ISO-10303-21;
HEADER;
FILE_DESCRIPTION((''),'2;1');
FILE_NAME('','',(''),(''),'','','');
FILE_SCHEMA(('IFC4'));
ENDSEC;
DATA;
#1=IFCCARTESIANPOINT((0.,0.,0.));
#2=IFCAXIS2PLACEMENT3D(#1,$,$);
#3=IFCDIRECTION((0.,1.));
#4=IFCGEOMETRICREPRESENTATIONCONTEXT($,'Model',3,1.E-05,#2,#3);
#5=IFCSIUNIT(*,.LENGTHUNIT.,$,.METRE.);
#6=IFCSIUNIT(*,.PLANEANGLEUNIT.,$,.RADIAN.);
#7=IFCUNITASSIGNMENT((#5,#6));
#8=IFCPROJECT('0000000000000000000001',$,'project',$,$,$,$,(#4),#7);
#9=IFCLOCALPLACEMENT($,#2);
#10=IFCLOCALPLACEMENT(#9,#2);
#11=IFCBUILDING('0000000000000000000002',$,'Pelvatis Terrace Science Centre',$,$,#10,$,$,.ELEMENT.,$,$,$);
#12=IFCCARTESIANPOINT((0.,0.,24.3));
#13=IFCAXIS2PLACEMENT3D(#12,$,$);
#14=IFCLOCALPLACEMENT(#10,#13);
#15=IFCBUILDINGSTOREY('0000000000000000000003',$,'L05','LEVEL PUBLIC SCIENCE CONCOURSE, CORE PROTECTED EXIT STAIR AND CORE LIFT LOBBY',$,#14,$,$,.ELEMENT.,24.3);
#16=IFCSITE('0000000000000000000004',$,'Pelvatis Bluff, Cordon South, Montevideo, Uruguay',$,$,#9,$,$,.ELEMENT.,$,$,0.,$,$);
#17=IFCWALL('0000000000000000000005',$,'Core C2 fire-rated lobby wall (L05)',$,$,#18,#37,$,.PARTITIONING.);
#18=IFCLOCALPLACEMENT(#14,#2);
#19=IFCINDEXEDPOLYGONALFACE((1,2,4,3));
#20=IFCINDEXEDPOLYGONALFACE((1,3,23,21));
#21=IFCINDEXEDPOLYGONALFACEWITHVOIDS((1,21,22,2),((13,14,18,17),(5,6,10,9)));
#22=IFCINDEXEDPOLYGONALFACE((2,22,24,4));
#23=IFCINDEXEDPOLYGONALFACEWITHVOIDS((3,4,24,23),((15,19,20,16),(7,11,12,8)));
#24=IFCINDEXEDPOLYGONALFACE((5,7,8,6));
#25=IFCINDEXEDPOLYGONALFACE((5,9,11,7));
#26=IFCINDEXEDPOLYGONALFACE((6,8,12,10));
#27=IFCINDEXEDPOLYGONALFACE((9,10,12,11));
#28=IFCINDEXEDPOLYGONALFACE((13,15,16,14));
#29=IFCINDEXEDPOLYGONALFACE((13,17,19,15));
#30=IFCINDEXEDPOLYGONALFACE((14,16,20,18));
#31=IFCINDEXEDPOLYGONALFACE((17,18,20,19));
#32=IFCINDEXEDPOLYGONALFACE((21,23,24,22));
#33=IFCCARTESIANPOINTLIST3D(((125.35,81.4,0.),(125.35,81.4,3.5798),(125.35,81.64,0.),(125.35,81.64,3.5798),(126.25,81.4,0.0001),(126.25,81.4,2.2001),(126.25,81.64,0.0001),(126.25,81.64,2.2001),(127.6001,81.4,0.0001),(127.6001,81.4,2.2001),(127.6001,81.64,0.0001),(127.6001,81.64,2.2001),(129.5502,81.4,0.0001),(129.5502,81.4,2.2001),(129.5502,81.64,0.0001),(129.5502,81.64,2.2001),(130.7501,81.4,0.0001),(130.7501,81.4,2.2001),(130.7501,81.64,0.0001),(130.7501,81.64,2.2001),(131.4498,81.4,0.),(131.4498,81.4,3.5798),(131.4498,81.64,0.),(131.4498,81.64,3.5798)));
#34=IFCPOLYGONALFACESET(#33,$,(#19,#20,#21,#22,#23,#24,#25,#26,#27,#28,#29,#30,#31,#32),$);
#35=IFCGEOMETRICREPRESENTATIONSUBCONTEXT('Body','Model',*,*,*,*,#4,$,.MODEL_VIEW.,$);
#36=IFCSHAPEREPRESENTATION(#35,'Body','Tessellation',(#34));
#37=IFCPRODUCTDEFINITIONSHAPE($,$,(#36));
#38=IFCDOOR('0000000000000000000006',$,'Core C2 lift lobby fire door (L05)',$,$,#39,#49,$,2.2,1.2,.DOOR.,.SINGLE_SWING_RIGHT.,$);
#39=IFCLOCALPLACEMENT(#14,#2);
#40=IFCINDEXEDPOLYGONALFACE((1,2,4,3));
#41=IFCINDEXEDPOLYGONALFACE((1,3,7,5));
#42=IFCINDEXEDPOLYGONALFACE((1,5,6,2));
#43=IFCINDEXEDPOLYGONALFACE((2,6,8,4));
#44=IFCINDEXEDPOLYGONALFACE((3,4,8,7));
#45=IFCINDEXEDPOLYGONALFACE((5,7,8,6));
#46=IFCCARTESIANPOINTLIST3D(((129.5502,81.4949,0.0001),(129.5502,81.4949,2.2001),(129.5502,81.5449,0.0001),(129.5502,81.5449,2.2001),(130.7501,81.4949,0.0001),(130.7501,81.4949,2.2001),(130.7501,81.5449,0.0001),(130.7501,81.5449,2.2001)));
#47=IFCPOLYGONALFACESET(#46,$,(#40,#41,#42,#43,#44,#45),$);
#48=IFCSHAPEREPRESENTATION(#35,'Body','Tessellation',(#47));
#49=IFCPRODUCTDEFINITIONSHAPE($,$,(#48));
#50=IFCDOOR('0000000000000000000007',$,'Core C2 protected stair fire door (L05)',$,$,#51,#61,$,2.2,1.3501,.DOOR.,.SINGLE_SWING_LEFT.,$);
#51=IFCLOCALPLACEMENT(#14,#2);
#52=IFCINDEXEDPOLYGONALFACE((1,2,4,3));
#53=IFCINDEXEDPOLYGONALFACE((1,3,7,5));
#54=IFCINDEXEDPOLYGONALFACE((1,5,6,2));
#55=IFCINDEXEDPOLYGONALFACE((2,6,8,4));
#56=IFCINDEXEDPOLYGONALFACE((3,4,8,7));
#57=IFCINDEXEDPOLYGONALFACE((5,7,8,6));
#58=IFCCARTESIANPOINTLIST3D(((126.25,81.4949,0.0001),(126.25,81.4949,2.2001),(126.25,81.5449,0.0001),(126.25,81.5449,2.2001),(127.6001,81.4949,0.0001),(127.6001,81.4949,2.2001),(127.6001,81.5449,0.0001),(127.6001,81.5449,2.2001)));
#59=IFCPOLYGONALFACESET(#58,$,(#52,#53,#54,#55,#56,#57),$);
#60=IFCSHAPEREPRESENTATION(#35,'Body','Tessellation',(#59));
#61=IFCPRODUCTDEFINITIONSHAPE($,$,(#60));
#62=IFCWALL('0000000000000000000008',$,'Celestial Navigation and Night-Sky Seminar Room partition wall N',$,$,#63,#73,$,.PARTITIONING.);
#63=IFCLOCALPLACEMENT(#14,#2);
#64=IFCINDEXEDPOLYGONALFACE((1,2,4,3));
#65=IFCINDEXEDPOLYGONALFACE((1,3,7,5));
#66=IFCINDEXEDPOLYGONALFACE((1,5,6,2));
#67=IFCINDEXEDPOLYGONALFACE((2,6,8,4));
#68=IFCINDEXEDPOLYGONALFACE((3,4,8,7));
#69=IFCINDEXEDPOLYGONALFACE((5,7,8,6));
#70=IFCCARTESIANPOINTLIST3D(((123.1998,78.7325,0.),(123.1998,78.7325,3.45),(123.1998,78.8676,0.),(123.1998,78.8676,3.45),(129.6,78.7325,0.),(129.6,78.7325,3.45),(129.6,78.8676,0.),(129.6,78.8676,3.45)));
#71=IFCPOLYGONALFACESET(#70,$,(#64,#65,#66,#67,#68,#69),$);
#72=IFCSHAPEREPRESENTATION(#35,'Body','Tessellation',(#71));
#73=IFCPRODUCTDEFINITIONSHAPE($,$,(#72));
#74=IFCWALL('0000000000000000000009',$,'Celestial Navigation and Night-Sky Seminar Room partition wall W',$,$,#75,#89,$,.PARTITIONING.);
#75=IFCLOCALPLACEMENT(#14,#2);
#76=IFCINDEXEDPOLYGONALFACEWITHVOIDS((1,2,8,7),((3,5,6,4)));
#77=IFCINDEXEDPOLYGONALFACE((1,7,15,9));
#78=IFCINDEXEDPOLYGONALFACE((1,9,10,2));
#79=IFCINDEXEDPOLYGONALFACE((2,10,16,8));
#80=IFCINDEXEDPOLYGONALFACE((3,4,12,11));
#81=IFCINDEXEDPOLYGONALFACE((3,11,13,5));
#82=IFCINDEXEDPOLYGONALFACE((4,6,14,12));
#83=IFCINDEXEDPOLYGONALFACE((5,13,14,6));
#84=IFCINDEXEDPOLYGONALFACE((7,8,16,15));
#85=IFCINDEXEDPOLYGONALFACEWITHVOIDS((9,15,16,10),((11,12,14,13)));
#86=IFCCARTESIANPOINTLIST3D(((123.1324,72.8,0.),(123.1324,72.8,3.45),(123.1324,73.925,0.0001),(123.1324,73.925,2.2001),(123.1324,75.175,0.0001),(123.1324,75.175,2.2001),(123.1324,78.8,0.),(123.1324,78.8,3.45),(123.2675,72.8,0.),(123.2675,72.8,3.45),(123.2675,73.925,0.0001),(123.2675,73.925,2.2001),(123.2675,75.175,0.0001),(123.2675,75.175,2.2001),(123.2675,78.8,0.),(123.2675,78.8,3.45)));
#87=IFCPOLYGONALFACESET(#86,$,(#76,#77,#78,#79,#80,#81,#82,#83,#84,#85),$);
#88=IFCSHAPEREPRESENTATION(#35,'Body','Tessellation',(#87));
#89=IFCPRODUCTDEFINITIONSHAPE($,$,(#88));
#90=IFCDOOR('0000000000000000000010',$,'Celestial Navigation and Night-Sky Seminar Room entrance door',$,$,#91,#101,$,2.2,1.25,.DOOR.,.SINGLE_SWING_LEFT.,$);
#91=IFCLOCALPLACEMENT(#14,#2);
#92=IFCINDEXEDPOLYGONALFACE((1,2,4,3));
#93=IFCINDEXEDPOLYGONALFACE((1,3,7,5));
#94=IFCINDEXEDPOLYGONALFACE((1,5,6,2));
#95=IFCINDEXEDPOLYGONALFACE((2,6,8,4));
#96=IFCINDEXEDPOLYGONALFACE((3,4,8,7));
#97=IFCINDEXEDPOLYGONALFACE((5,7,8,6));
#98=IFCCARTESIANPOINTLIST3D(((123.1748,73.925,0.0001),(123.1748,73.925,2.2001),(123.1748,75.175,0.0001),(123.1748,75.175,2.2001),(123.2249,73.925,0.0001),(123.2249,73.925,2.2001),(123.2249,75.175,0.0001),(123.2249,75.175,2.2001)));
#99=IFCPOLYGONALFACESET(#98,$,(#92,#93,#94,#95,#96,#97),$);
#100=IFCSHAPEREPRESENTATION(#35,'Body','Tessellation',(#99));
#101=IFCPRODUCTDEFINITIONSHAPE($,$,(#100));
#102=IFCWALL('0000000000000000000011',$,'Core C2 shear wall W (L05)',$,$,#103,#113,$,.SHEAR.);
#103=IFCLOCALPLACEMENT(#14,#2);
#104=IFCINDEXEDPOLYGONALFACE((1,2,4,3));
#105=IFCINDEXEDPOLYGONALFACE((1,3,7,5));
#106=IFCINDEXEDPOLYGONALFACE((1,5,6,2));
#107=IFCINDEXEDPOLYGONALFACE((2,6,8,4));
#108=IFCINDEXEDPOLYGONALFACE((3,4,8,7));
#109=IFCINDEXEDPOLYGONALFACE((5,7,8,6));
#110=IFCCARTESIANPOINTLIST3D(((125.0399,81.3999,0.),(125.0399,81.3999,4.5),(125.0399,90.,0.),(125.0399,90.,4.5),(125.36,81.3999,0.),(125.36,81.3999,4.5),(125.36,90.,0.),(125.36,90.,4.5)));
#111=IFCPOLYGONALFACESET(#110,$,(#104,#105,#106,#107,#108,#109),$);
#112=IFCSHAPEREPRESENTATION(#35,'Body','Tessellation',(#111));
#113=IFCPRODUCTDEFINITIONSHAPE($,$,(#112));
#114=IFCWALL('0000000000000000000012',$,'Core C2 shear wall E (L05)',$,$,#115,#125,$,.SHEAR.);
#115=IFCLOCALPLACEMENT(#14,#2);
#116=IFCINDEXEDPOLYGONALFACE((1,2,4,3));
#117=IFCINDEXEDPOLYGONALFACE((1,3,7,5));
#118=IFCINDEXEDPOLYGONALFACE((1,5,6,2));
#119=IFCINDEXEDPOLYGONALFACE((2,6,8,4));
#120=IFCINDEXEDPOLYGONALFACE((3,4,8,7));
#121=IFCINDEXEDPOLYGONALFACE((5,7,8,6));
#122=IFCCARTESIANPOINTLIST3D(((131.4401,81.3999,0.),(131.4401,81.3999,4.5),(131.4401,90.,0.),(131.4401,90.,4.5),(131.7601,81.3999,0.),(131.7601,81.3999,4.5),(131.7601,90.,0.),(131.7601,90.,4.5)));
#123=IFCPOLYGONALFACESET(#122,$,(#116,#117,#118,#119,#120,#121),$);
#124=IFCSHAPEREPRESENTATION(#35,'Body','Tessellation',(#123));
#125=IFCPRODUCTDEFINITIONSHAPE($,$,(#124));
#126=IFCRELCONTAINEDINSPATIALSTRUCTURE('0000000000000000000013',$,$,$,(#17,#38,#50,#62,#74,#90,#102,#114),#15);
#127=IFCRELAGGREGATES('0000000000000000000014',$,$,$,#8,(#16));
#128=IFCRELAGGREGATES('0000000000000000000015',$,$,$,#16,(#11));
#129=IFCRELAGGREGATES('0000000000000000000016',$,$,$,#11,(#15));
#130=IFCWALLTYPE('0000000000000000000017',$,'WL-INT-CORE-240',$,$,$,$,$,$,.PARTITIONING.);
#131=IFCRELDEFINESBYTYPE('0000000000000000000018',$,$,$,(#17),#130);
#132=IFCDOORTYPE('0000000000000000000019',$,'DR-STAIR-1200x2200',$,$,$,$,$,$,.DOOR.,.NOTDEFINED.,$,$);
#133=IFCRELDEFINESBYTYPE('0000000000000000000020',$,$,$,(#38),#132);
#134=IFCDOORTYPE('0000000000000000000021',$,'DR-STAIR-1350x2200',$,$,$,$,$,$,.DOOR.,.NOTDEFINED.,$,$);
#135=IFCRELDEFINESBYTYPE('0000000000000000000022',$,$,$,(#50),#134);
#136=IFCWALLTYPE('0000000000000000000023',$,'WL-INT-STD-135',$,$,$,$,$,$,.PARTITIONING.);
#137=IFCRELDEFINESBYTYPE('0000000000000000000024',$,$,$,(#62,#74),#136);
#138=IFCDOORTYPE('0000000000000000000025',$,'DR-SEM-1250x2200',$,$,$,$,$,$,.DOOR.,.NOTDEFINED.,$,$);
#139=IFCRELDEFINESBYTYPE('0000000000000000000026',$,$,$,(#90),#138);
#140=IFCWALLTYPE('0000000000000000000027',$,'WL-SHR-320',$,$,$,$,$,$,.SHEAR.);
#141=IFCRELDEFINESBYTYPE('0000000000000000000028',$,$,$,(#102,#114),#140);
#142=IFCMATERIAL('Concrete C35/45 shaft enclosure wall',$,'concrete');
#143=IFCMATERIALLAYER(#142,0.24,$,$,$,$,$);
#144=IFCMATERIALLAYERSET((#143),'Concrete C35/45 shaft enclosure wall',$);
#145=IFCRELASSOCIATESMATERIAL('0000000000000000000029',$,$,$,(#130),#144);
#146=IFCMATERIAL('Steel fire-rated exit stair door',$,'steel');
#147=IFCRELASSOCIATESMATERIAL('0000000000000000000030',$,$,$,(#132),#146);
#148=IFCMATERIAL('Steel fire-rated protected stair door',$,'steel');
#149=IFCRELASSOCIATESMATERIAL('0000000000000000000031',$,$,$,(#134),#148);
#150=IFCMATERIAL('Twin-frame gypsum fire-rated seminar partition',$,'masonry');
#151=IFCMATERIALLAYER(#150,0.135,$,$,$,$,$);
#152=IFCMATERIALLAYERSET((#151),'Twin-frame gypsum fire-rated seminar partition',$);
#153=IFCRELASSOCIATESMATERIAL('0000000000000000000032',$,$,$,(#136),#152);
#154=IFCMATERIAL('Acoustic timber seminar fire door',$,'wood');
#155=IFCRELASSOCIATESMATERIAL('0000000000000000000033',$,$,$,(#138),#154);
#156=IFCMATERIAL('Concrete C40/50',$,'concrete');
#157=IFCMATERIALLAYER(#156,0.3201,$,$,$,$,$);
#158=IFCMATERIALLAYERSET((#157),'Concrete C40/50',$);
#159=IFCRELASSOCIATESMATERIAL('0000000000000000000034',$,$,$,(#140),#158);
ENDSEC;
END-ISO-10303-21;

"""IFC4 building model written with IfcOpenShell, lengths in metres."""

from ifc_helpers import new_model, si_unit, direction, frame, frame_2d, origin, place, context, subcontext, project, spatial, rectangle, extrude, material, layer, layer_set, type_object, element, fill, save


model = new_model("IFC4")

# Units and contexts
model_context = context("Model", 3, precision=1e-05, world=origin(), true_north=direction((0.0, 1.0)))
body_context = subcontext(model_context, "Body", "Model", "MODEL_VIEW")
ifc_project = project(units=[si_unit("LENGTHUNIT", "METRE"), si_unit("PLANEANGLEUNIT", "RADIAN")], contexts=[model_context])

# Site, building, storey
site_placement = place(None, origin())
site = spatial("IfcSite", under=ifc_project, at=site_placement, Name="Pelvatis Bluff, Cordon South, Montevideo, Uruguay", CompositionType="ELEMENT", RefElevation=0.0)
building_placement = place(site_placement, origin())
building = spatial("IfcBuilding", under=site, at=building_placement, Name="Pelvatis Terrace Science Centre", CompositionType="ELEMENT")
storey_placement = place(building_placement, frame((0.0, 0.0, 24.3)))
storey = spatial("IfcBuildingStorey", under=building, at=storey_placement, Name="L05", Description="LEVEL PUBLIC SCIENCE CONCOURSE, CORE PROTECTED EXIT STAIR AND CORE LIFT LOBBY", CompositionType="ELEMENT", Elevation=24.3)

# Wall, openings, doors
ifc_material_1 = material(Name="Concrete C35/45 shaft enclosure wall", Category="concrete")
ifc_layer_1 = layer(ifc_material_1, 0.24)
ifc_layer_set_1 = layer_set([ifc_layer_1], Name="Concrete C35/45 shaft enclosure wall")
wall_type_1 = type_object("IfcWallType", Name="WL-INT-CORE-240", PredefinedType="PARTITIONING", material=ifc_layer_set_1)
wall_1_placement = place(storey_placement, frame((125.3501, 81.52, 0.0), z_axis=(0.0, 0.0, 1.0), x_axis=(1.0, 0.0, 0.0)))
wall_1 = element("IfcWall", 1, at=wall_1_placement, inside=storey, type_object=wall_type_1, Name="Core C2 fire-rated lobby wall (L05)", PredefinedType="PARTITIONING", context=body_context, shape_type="SweptSolid", body=[
    extrude(rectangle(XDim=6.0999, YDim=0.24, at=frame_2d((3.0498, 0.0))), origin(), (0.0, 0.0, 1.0), 3.5798),
])
opening_1_placement = place(wall_1_placement, frame((0.8999, 0.0, 0.0)))
opening_1 = element("IfcOpeningElement", 2, at=opening_1_placement, cuts=wall_1, PredefinedType="OPENING", context=body_context, shape_type="SweptSolid", body=[
    extrude(rectangle(XDim=1.3501, YDim=2.2, at=frame_2d((0.675, 1.1001))), frame((0.0, 0.1299, 0.0), z_axis=(0.0, -1.0, 0.0), x_axis=(1.0, 0.0, 0.0)), (0.0, 0.0, 1.0), 0.26),
])
opening_2_placement = place(wall_1_placement, frame((4.2, 0.0, 0.0)))
opening_2 = element("IfcOpeningElement", 3, at=opening_2_placement, cuts=wall_1, PredefinedType="OPENING", context=body_context, shape_type="SweptSolid", body=[
    extrude(rectangle(XDim=1.2, YDim=2.2, at=frame_2d((0.6001, 1.1001))), frame((0.0, 0.1299, 0.0), z_axis=(0.0, -1.0, 0.0), x_axis=(1.0, 0.0, 0.0)), (0.0, 0.0, 1.0), 0.26),
])
ifc_material_2 = material(Name="Steel fire-rated exit stair door", Category="steel")
door_type_1 = type_object("IfcDoorType", Name="DR-STAIR-1200x2200", OperationType="NOTDEFINED", PredefinedType="DOOR", material=ifc_material_2)
door_1_placement = place(opening_2_placement, origin())
door_1 = element("IfcDoor", 4, at=door_1_placement, inside=storey, type_object=door_type_1, Name="Core C2 lift lobby fire door (L05)", OperationType="SINGLE_SWING_RIGHT", OverallHeight=2.2, OverallWidth=1.2, PredefinedType="DOOR", context=body_context, shape_type="SweptSolid", body=[
    extrude(rectangle(XDim=1.2, YDim=2.2, at=frame_2d((0.6001, 1.1001))), frame((0.0, 0.0249, 0.0), z_axis=(0.0, -1.0, 0.0), x_axis=(1.0, 0.0, 0.0)), (0.0, 0.0, 1.0), 0.05),
])
fill(opening_2, door_1)
ifc_material_3 = material(Name="Steel fire-rated protected stair door", Category="steel")
door_type_2 = type_object("IfcDoorType", Name="DR-STAIR-1350x2200", OperationType="NOTDEFINED", PredefinedType="DOOR", material=ifc_material_3)
door_2_placement = place(opening_1_placement, origin())
door_2 = element("IfcDoor", 5, at=door_2_placement, inside=storey, type_object=door_type_2, Name="Core C2 protected stair fire door (L05)", OperationType="SINGLE_SWING_LEFT", OverallHeight=2.2, OverallWidth=1.3501, PredefinedType="DOOR", context=body_context, shape_type="SweptSolid", body=[
    extrude(rectangle(XDim=1.3501, YDim=2.2, at=frame_2d((0.675, 1.1001))), frame((0.0, 0.0249, 0.0), z_axis=(0.0, -1.0, 0.0), x_axis=(1.0, 0.0, 0.0)), (0.0, 0.0, 1.0), 0.05),
])
fill(opening_1, door_2)

# Wall
ifc_material_4 = material(Name="Twin-frame gypsum fire-rated seminar partition", Category="masonry")
ifc_layer_2 = layer(ifc_material_4, 0.135)
ifc_layer_set_2 = layer_set([ifc_layer_2], Name="Twin-frame gypsum fire-rated seminar partition")
wall_type_2 = type_object("IfcWallType", Name="WL-INT-STD-135", PredefinedType="PARTITIONING", material=ifc_layer_set_2)
wall_2_placement = place(storey_placement, frame((129.6001, 78.8, 0.0), z_axis=(0.0, 0.0, 1.0), x_axis=(-1.0, 0.0, 0.0)))
element("IfcWall", 6, at=wall_2_placement, inside=storey, type_object=wall_type_2, Name="Celestial Navigation and Night-Sky Seminar Room partition wall N", PredefinedType="PARTITIONING", context=body_context, shape_type="SweptSolid", body=[
    extrude(rectangle(XDim=6.4001, YDim=0.135, at=frame_2d((3.2002, 0.0))), origin(), (0.0, 0.0, 1.0), 3.45),
])

# Wall, opening, door
wall_3_placement = place(storey_placement, frame((123.2, 78.8, 0.0), z_axis=(0.0, 0.0, 1.0), x_axis=(0.0, -1.0, 0.0)))
wall_3 = element("IfcWall", 7, at=wall_3_placement, inside=storey, type_object=wall_type_2, Name="Celestial Navigation and Night-Sky Seminar Room partition wall W", PredefinedType="PARTITIONING", context=body_context, shape_type="SweptSolid", body=[
    extrude(rectangle(XDim=6.0, YDim=0.135, at=frame_2d((3.0, 0.0))), origin(), (0.0, 0.0, 1.0), 3.45),
])
opening_3_placement = place(wall_3_placement, frame((3.625, 0.0, 0.0)))
opening_3 = element("IfcOpeningElement", 8, at=opening_3_placement, cuts=wall_3, PredefinedType="OPENING", context=body_context, shape_type="SweptSolid", body=[
    extrude(rectangle(XDim=1.25, YDim=2.2, at=frame_2d((0.625, 1.1001))), frame((0.0, 0.0774, 0.0), z_axis=(0.0, -1.0, 0.0), x_axis=(1.0, 0.0, 0.0)), (0.0, 0.0, 1.0), 0.155),
])
ifc_material_5 = material(Name="Acoustic timber seminar fire door", Category="wood")
door_type_3 = type_object("IfcDoorType", Name="DR-SEM-1250x2200", OperationType="NOTDEFINED", PredefinedType="DOOR", material=ifc_material_5)
door_3_placement = place(opening_3_placement, origin())
door_3 = element("IfcDoor", 9, at=door_3_placement, inside=storey, type_object=door_type_3, Name="Celestial Navigation and Night-Sky Seminar Room entrance door", OperationType="SINGLE_SWING_LEFT", OverallHeight=2.2, OverallWidth=1.25, PredefinedType="DOOR", context=body_context, shape_type="SweptSolid", body=[
    extrude(rectangle(XDim=1.25, YDim=2.2, at=frame_2d((0.625, 1.1001))), frame((0.0, 0.0249, 0.0), z_axis=(0.0, -1.0, 0.0), x_axis=(1.0, 0.0, 0.0)), (0.0, 0.0, 1.0), 0.05),
])
fill(opening_3, door_3)

# Walls
ifc_material_6 = material(Name="Concrete C40/50", Category="concrete")
ifc_layer_3 = layer(ifc_material_6, 0.3201)
ifc_layer_set_3 = layer_set([ifc_layer_3], Name="Concrete C40/50")
wall_type_3 = type_object("IfcWallType", Name="WL-SHR-320", PredefinedType="SHEAR", material=ifc_layer_set_3)
for number, where, z_axis, x_axis, name in (
    (10, (125.2, 81.3999, 0.0), (0.0, 0.0, 1.0), (0.0, 1.0, 0.0), "Core C2 shear wall W (L05)"),
    (11, (131.6001, 81.3999, 0.0), (0.0, 0.0, 1.0), (0.0, 1.0, 0.0), "Core C2 shear wall E (L05)"),
):
    element("IfcWall", number, at=place(storey_placement, frame(where, z_axis=z_axis, x_axis=x_axis)), inside=storey, type_object=wall_type_3, Name=name, PredefinedType="SHEAR", context=body_context, shape_type="SweptSolid", body=[
        extrude(rectangle(XDim=8.6001, YDim=0.3201, at=frame_2d((4.3, 0.0))), origin(), (0.0, 0.0, 1.0), 4.5),
    ])

save(model, "model.ifc")
